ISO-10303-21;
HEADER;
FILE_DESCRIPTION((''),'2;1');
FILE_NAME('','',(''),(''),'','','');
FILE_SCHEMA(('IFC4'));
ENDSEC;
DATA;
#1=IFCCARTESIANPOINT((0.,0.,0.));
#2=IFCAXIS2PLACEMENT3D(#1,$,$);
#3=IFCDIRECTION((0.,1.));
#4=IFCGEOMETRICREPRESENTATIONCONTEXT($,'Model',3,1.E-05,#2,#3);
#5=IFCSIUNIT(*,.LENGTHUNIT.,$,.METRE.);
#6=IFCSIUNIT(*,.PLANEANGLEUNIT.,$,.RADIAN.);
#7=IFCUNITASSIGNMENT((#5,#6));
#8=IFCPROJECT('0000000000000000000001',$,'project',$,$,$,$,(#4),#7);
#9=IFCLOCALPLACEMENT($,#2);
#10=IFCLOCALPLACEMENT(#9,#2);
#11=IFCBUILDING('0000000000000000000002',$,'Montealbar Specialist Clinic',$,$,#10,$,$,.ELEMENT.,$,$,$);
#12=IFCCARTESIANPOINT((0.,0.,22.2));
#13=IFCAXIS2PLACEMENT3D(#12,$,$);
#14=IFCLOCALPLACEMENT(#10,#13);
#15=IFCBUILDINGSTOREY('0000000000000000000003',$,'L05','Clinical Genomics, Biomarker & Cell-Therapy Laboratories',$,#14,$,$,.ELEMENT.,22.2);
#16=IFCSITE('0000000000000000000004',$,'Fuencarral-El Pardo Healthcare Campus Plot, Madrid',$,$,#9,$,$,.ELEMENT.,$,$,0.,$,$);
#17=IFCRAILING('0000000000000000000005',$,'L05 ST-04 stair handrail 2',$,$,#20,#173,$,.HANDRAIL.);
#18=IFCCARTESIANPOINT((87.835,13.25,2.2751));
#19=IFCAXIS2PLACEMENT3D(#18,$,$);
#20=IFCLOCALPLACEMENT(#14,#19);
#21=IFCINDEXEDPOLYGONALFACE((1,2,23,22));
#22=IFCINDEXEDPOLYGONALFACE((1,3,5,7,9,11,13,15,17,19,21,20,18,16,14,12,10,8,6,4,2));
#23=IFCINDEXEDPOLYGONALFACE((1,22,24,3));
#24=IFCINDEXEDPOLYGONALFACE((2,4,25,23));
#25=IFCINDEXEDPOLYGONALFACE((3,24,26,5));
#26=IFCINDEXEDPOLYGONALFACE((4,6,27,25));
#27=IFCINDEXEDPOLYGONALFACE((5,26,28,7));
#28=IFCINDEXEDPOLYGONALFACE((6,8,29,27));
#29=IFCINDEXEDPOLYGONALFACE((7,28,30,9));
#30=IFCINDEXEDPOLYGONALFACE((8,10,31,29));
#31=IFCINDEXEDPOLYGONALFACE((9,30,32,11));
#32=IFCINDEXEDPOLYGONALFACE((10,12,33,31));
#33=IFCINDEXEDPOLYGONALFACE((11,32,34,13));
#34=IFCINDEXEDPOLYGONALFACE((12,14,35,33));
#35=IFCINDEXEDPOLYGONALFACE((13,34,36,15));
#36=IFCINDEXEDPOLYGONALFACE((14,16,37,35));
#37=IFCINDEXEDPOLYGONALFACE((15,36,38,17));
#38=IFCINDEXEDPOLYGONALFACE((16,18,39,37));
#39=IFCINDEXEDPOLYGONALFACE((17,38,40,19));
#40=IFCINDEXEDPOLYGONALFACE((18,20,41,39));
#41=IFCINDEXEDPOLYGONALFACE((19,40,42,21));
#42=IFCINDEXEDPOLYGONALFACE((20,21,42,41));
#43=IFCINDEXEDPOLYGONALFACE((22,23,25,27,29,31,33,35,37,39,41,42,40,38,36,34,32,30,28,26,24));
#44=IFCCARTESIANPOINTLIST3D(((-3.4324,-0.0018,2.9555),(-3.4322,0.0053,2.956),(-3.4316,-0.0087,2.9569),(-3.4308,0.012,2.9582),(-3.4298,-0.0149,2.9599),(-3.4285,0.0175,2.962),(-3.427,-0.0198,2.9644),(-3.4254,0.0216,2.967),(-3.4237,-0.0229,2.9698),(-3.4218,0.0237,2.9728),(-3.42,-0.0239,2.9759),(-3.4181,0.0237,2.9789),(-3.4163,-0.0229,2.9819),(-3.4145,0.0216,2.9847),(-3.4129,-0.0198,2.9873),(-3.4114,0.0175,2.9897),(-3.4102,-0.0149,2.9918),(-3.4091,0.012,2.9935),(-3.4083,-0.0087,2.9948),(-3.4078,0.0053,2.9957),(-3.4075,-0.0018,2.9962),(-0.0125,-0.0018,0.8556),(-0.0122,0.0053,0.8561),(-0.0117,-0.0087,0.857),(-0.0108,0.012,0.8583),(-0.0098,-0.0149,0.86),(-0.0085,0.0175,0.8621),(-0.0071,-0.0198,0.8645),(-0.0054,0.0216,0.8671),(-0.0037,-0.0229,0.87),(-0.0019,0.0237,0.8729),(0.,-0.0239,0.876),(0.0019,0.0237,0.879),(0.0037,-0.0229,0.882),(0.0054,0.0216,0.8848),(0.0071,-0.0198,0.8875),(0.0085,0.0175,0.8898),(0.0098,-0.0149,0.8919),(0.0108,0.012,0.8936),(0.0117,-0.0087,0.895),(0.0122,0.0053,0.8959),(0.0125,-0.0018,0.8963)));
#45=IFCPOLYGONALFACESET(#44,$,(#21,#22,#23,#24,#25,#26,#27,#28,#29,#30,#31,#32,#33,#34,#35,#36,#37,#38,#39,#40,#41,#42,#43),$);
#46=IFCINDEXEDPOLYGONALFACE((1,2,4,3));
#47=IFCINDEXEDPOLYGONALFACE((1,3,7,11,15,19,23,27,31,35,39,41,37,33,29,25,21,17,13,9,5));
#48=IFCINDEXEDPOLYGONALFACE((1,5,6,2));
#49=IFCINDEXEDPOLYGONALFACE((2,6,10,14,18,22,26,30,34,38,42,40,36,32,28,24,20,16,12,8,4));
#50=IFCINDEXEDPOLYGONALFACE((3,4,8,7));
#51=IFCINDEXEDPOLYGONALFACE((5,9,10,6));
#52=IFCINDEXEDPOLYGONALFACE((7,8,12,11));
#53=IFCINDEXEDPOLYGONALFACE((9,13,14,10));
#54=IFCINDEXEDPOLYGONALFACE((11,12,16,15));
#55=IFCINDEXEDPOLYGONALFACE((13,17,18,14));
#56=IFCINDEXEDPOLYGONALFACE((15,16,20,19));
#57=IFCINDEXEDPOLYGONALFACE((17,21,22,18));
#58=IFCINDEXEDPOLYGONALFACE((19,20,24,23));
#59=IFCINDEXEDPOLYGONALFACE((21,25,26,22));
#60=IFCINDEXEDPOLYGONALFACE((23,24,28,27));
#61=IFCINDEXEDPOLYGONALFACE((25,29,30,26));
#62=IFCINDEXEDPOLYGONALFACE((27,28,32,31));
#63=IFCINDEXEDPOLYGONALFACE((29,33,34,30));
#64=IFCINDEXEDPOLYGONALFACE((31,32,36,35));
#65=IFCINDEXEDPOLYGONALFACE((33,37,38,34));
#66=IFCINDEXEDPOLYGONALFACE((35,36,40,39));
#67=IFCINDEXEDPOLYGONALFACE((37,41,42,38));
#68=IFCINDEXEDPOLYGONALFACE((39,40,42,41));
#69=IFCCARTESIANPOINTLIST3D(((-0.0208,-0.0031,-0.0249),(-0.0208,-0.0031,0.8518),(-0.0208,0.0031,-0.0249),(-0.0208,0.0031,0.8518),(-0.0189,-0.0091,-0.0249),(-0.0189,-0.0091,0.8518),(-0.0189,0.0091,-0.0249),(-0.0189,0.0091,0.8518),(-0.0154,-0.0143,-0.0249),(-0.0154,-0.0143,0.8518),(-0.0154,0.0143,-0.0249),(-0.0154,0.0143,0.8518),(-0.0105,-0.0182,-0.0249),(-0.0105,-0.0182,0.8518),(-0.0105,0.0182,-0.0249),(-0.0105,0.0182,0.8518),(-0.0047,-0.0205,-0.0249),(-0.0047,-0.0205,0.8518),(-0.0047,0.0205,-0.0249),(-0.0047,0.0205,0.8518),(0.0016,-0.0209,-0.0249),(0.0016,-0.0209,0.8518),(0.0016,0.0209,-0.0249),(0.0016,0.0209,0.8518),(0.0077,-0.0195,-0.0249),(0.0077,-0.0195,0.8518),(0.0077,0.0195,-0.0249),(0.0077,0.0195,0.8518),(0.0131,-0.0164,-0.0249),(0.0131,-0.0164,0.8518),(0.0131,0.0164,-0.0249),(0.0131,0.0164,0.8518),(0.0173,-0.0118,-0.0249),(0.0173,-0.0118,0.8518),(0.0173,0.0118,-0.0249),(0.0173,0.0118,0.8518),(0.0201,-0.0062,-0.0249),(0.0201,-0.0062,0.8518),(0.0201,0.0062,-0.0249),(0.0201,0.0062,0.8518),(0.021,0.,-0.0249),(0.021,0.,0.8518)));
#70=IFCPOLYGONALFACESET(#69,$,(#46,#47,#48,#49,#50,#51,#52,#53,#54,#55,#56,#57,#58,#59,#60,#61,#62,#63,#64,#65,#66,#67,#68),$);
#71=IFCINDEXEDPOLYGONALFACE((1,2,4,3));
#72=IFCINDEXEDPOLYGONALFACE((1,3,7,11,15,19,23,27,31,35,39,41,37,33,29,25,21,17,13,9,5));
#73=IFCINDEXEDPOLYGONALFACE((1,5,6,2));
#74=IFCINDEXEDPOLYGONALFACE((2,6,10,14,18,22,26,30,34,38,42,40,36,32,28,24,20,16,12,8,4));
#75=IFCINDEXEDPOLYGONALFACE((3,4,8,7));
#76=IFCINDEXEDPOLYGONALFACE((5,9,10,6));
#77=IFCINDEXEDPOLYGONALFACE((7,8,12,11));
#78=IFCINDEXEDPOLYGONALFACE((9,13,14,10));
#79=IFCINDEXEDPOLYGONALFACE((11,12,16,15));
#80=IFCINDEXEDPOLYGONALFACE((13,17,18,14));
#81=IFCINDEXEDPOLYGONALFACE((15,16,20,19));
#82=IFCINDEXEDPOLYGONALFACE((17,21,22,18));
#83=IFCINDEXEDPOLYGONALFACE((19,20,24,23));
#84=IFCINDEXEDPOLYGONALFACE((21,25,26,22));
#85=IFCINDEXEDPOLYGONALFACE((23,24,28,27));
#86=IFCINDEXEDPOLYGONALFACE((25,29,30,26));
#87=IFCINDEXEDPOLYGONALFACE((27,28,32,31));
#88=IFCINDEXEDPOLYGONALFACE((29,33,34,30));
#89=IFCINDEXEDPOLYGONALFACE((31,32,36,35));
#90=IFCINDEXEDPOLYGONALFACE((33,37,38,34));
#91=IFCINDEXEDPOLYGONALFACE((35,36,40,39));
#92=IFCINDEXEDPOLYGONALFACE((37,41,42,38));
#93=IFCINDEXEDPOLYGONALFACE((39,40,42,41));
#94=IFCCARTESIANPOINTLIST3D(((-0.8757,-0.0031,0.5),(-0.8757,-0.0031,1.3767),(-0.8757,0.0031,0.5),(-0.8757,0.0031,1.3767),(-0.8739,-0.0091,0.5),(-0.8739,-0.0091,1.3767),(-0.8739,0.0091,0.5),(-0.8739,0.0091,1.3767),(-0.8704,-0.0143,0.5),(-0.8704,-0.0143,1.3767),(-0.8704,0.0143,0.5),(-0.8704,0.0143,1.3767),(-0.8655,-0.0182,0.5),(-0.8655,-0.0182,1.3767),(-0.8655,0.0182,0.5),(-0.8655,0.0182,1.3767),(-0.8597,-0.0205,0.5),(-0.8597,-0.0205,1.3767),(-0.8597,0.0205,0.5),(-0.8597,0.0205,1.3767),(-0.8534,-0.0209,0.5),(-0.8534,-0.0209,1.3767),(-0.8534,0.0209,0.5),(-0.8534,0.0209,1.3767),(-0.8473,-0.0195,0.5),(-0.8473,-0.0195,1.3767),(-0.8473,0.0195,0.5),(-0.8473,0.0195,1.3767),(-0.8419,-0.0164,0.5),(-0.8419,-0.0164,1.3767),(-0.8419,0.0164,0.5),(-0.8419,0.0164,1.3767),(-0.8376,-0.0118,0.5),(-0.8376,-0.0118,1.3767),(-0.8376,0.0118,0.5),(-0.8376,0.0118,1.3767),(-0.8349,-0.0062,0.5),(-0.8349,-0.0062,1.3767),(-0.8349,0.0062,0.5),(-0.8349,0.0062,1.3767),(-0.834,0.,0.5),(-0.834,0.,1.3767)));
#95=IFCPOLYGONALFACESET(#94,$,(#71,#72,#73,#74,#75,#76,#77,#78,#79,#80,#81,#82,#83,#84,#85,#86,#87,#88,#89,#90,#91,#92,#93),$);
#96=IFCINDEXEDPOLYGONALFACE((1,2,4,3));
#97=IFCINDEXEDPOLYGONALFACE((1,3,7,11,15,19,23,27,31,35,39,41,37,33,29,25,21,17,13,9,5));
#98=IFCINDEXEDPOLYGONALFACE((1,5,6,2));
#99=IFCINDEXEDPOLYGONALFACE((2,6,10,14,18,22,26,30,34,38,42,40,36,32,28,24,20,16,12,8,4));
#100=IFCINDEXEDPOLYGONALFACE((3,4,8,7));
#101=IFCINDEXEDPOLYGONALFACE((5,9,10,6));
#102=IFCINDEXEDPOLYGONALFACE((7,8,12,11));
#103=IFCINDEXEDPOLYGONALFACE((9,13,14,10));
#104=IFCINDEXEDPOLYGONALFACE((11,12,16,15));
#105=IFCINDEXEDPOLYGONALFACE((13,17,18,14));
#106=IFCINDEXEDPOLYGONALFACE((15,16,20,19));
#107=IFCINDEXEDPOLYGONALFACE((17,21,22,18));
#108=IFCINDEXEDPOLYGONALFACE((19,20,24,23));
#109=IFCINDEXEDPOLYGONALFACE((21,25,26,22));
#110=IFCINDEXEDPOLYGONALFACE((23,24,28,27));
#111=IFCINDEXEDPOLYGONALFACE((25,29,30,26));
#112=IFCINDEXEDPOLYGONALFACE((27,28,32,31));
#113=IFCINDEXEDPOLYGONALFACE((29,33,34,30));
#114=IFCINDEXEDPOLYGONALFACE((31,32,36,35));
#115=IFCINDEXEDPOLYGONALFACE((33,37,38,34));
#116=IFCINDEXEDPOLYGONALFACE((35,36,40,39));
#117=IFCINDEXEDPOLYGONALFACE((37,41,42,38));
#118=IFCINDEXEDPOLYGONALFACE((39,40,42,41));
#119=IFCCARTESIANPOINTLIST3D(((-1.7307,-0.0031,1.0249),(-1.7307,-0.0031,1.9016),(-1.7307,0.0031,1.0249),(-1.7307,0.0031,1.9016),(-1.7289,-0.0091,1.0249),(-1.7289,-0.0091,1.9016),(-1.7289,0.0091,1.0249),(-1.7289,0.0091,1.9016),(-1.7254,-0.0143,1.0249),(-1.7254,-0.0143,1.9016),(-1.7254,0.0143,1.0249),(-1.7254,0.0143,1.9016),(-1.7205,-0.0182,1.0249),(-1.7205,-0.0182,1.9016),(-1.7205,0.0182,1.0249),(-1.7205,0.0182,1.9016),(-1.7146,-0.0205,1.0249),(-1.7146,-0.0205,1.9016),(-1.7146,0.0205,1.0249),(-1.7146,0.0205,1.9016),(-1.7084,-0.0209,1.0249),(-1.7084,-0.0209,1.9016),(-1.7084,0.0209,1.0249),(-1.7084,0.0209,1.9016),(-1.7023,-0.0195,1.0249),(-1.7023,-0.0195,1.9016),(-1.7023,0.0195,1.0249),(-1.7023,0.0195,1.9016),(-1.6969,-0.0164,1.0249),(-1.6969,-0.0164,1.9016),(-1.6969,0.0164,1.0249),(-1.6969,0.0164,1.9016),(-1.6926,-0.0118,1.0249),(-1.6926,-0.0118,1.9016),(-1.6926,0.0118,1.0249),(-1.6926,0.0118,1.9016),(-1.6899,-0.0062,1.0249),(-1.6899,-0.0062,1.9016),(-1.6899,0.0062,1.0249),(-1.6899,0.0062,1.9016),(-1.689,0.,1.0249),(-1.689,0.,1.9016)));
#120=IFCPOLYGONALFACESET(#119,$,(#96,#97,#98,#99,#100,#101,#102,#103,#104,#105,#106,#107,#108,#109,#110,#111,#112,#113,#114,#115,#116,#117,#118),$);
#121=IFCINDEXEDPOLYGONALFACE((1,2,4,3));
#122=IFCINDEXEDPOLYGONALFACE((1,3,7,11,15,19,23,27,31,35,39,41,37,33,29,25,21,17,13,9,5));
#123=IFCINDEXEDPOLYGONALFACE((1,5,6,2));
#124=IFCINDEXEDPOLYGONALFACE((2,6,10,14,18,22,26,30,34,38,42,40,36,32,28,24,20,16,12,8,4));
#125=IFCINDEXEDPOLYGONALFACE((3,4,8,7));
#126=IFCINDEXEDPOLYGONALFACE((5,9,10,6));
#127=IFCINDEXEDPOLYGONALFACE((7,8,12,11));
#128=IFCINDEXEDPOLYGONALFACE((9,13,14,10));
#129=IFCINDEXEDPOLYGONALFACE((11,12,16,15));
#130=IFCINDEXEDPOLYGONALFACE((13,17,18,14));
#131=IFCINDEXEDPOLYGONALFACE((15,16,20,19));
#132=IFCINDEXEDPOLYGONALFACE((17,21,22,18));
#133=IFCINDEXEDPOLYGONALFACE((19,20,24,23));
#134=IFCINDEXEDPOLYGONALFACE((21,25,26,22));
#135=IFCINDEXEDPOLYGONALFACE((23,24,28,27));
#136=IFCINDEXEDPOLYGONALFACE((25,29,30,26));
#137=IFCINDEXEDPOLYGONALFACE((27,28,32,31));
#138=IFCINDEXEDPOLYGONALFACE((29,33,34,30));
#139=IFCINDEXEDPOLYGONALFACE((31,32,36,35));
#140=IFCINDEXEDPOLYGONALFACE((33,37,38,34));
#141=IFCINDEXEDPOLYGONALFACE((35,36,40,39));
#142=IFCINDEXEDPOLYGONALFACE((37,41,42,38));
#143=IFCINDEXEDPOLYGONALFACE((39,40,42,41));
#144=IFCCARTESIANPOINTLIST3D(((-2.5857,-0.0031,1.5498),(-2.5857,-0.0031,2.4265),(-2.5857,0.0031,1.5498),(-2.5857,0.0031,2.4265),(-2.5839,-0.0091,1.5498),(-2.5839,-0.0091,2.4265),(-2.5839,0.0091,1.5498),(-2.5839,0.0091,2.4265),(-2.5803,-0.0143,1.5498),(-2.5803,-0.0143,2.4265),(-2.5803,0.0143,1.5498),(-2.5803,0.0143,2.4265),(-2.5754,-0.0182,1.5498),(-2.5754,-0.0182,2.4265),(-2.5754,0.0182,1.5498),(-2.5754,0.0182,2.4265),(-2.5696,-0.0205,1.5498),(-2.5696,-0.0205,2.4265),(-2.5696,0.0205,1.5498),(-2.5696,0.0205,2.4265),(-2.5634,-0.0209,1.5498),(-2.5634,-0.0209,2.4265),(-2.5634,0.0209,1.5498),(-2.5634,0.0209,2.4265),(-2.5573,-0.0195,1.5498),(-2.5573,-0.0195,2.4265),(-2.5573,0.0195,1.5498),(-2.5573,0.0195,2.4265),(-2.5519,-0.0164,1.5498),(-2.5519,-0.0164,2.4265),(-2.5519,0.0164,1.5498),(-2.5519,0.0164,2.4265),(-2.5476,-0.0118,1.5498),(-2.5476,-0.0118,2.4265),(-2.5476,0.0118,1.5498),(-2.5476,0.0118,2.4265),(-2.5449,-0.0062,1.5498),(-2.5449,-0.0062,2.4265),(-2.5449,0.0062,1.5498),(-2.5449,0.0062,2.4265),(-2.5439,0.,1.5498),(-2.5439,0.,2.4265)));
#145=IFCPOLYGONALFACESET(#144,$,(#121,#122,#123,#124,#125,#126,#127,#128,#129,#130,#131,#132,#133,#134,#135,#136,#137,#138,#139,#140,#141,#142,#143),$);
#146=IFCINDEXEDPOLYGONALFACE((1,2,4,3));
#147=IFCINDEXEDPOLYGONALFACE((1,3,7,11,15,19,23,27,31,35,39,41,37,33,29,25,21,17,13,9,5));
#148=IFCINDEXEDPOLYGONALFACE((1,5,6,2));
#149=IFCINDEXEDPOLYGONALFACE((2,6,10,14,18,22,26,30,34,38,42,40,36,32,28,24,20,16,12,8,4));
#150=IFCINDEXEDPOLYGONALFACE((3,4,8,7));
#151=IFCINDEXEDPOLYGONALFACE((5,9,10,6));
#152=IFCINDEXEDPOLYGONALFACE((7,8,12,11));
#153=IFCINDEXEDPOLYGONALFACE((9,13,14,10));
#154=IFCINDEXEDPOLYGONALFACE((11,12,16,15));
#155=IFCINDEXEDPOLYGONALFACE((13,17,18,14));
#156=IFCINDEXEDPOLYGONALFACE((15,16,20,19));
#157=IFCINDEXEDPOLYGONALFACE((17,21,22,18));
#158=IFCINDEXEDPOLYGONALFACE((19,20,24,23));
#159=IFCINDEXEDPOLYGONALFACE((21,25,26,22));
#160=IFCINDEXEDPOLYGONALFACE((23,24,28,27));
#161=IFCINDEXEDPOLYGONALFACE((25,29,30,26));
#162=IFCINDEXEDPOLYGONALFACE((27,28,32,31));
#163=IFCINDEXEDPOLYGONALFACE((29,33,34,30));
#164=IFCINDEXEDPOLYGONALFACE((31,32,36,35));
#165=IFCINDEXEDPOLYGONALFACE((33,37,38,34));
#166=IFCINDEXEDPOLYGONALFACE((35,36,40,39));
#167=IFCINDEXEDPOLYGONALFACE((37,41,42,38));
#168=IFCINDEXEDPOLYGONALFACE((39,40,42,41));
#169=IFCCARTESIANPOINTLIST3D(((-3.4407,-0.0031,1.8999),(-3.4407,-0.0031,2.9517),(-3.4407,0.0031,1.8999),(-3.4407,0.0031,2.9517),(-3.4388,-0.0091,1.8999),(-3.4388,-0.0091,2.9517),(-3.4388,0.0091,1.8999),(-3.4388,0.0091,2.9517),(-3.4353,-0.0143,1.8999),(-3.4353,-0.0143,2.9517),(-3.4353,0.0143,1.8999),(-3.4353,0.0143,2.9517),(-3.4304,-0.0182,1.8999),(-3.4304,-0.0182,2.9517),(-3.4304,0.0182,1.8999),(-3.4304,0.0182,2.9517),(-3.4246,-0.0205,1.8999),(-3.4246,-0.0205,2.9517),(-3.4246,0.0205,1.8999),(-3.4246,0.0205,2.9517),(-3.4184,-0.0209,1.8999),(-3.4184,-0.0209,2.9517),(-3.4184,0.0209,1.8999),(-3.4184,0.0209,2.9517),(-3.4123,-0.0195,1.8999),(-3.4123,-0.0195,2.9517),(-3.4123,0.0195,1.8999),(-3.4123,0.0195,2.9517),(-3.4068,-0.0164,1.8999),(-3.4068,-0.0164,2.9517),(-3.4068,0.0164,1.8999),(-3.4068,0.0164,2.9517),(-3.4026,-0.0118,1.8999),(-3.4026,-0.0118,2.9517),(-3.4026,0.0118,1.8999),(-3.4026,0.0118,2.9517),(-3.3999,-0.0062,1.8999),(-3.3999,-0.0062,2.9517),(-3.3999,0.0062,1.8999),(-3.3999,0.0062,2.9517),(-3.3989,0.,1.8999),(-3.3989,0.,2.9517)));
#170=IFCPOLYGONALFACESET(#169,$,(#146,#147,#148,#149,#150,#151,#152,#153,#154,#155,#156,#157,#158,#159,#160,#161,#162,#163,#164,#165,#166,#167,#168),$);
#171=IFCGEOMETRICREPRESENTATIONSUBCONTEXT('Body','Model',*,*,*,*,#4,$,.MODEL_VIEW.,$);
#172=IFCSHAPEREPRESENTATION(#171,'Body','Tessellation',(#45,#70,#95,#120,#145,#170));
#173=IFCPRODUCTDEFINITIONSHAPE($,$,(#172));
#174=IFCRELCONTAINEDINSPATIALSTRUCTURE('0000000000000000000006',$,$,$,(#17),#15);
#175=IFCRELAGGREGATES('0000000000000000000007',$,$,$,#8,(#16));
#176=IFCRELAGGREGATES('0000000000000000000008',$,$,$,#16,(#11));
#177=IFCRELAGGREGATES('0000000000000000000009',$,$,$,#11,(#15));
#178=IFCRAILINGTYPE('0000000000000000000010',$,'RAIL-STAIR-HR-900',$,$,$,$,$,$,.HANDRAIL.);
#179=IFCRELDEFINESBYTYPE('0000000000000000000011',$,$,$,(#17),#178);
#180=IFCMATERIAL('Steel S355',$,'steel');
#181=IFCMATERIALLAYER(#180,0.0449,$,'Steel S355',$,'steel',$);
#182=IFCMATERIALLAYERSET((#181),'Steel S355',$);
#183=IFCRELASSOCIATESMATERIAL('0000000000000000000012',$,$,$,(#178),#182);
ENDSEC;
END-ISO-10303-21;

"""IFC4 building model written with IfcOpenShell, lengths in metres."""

from ifc_helpers import new_model, si_unit, direction, frame, origin, origin_2d, place, context, subcontext, project, spatial, circle, extrude, material, layer, layer_set, type_object, element, save


model = new_model("IFC4")

# Units and contexts
model_context = context("Model", 3, precision=1e-05, world=origin(), true_north=direction((0.0, 1.0)))
body_context = subcontext(model_context, "Body", "Model", "MODEL_VIEW")
ifc_project = project(units=[si_unit("LENGTHUNIT", "METRE"), si_unit("PLANEANGLEUNIT", "RADIAN")], contexts=[model_context])

# Site, building, storey
site_placement = place(None, origin())
site = spatial("IfcSite", under=ifc_project, at=site_placement, Name="Fuencarral-El Pardo Healthcare Campus Plot, Madrid", CompositionType="ELEMENT", RefElevation=0.0)
building_placement = place(site_placement, origin())
building = spatial("IfcBuilding", under=site, at=building_placement, Name="Montealbar Specialist Clinic", CompositionType="ELEMENT")
storey_placement = place(building_placement, frame((0.0, 0.0, 22.2)))
storey = spatial("IfcBuildingStorey", under=building, at=storey_placement, Name="L05", Description="Clinical Genomics, Biomarker & Cell-Therapy Laboratories", CompositionType="ELEMENT", Elevation=22.2)

# Shared definitions
ifc_material_1 = material(Name="Steel S355", Category="steel")

# Railing
ifc_layer_1 = layer(ifc_material_1, 0.0449, Name="Steel S355", Category="steel")
ifc_layer_set_1 = layer_set([ifc_layer_1], Name="Steel S355")
railing_type_1 = type_object("IfcRailingType", Name="RAIL-STAIR-HR-900", PredefinedType="HANDRAIL", material=ifc_layer_set_1)
railing_1_placement = place(storey_placement, frame((87.835, 13.25, 2.2751)))
element("IfcRailing", 1, at=railing_1_placement, inside=storey, type_object=railing_type_1, Name="L05 ST-04 stair handrail 2", PredefinedType="HANDRAIL", context=body_context, shape_type="SweptSolid", body=[
    extrude(circle(Radius=0.0239, at=origin_2d()), frame((0.0, 0.0, 0.876), z_axis=(-0.852182, 0.0, 0.523245), x_axis=(0.0, -1.0, 0.0)), (0.0, 0.0, 1.0), 4.0132),
    extrude(circle(Radius=0.021, at=origin_2d()), frame((0.0, 0.0, -0.0249)), (0.0, 0.0, 1.0), 0.8767),
    extrude(circle(Radius=0.021, at=origin_2d()), frame((-0.855, 0.0, 0.5)), (0.0, 0.0, 1.0), 0.8767),
    extrude(circle(Radius=0.021, at=origin_2d()), frame((-1.71, 0.0, 1.0249)), (0.0, 0.0, 1.0), 0.8767),
    extrude(circle(Radius=0.021, at=origin_2d()), frame((-2.5649, 0.0, 1.5498)), (0.0, 0.0, 1.0), 0.8767),
    extrude(circle(Radius=0.021, at=origin_2d()), frame((-3.4199, 0.0, 1.8999)), (0.0, 0.0, 1.0), 1.0518),
])

save(model, "model.ifc")
